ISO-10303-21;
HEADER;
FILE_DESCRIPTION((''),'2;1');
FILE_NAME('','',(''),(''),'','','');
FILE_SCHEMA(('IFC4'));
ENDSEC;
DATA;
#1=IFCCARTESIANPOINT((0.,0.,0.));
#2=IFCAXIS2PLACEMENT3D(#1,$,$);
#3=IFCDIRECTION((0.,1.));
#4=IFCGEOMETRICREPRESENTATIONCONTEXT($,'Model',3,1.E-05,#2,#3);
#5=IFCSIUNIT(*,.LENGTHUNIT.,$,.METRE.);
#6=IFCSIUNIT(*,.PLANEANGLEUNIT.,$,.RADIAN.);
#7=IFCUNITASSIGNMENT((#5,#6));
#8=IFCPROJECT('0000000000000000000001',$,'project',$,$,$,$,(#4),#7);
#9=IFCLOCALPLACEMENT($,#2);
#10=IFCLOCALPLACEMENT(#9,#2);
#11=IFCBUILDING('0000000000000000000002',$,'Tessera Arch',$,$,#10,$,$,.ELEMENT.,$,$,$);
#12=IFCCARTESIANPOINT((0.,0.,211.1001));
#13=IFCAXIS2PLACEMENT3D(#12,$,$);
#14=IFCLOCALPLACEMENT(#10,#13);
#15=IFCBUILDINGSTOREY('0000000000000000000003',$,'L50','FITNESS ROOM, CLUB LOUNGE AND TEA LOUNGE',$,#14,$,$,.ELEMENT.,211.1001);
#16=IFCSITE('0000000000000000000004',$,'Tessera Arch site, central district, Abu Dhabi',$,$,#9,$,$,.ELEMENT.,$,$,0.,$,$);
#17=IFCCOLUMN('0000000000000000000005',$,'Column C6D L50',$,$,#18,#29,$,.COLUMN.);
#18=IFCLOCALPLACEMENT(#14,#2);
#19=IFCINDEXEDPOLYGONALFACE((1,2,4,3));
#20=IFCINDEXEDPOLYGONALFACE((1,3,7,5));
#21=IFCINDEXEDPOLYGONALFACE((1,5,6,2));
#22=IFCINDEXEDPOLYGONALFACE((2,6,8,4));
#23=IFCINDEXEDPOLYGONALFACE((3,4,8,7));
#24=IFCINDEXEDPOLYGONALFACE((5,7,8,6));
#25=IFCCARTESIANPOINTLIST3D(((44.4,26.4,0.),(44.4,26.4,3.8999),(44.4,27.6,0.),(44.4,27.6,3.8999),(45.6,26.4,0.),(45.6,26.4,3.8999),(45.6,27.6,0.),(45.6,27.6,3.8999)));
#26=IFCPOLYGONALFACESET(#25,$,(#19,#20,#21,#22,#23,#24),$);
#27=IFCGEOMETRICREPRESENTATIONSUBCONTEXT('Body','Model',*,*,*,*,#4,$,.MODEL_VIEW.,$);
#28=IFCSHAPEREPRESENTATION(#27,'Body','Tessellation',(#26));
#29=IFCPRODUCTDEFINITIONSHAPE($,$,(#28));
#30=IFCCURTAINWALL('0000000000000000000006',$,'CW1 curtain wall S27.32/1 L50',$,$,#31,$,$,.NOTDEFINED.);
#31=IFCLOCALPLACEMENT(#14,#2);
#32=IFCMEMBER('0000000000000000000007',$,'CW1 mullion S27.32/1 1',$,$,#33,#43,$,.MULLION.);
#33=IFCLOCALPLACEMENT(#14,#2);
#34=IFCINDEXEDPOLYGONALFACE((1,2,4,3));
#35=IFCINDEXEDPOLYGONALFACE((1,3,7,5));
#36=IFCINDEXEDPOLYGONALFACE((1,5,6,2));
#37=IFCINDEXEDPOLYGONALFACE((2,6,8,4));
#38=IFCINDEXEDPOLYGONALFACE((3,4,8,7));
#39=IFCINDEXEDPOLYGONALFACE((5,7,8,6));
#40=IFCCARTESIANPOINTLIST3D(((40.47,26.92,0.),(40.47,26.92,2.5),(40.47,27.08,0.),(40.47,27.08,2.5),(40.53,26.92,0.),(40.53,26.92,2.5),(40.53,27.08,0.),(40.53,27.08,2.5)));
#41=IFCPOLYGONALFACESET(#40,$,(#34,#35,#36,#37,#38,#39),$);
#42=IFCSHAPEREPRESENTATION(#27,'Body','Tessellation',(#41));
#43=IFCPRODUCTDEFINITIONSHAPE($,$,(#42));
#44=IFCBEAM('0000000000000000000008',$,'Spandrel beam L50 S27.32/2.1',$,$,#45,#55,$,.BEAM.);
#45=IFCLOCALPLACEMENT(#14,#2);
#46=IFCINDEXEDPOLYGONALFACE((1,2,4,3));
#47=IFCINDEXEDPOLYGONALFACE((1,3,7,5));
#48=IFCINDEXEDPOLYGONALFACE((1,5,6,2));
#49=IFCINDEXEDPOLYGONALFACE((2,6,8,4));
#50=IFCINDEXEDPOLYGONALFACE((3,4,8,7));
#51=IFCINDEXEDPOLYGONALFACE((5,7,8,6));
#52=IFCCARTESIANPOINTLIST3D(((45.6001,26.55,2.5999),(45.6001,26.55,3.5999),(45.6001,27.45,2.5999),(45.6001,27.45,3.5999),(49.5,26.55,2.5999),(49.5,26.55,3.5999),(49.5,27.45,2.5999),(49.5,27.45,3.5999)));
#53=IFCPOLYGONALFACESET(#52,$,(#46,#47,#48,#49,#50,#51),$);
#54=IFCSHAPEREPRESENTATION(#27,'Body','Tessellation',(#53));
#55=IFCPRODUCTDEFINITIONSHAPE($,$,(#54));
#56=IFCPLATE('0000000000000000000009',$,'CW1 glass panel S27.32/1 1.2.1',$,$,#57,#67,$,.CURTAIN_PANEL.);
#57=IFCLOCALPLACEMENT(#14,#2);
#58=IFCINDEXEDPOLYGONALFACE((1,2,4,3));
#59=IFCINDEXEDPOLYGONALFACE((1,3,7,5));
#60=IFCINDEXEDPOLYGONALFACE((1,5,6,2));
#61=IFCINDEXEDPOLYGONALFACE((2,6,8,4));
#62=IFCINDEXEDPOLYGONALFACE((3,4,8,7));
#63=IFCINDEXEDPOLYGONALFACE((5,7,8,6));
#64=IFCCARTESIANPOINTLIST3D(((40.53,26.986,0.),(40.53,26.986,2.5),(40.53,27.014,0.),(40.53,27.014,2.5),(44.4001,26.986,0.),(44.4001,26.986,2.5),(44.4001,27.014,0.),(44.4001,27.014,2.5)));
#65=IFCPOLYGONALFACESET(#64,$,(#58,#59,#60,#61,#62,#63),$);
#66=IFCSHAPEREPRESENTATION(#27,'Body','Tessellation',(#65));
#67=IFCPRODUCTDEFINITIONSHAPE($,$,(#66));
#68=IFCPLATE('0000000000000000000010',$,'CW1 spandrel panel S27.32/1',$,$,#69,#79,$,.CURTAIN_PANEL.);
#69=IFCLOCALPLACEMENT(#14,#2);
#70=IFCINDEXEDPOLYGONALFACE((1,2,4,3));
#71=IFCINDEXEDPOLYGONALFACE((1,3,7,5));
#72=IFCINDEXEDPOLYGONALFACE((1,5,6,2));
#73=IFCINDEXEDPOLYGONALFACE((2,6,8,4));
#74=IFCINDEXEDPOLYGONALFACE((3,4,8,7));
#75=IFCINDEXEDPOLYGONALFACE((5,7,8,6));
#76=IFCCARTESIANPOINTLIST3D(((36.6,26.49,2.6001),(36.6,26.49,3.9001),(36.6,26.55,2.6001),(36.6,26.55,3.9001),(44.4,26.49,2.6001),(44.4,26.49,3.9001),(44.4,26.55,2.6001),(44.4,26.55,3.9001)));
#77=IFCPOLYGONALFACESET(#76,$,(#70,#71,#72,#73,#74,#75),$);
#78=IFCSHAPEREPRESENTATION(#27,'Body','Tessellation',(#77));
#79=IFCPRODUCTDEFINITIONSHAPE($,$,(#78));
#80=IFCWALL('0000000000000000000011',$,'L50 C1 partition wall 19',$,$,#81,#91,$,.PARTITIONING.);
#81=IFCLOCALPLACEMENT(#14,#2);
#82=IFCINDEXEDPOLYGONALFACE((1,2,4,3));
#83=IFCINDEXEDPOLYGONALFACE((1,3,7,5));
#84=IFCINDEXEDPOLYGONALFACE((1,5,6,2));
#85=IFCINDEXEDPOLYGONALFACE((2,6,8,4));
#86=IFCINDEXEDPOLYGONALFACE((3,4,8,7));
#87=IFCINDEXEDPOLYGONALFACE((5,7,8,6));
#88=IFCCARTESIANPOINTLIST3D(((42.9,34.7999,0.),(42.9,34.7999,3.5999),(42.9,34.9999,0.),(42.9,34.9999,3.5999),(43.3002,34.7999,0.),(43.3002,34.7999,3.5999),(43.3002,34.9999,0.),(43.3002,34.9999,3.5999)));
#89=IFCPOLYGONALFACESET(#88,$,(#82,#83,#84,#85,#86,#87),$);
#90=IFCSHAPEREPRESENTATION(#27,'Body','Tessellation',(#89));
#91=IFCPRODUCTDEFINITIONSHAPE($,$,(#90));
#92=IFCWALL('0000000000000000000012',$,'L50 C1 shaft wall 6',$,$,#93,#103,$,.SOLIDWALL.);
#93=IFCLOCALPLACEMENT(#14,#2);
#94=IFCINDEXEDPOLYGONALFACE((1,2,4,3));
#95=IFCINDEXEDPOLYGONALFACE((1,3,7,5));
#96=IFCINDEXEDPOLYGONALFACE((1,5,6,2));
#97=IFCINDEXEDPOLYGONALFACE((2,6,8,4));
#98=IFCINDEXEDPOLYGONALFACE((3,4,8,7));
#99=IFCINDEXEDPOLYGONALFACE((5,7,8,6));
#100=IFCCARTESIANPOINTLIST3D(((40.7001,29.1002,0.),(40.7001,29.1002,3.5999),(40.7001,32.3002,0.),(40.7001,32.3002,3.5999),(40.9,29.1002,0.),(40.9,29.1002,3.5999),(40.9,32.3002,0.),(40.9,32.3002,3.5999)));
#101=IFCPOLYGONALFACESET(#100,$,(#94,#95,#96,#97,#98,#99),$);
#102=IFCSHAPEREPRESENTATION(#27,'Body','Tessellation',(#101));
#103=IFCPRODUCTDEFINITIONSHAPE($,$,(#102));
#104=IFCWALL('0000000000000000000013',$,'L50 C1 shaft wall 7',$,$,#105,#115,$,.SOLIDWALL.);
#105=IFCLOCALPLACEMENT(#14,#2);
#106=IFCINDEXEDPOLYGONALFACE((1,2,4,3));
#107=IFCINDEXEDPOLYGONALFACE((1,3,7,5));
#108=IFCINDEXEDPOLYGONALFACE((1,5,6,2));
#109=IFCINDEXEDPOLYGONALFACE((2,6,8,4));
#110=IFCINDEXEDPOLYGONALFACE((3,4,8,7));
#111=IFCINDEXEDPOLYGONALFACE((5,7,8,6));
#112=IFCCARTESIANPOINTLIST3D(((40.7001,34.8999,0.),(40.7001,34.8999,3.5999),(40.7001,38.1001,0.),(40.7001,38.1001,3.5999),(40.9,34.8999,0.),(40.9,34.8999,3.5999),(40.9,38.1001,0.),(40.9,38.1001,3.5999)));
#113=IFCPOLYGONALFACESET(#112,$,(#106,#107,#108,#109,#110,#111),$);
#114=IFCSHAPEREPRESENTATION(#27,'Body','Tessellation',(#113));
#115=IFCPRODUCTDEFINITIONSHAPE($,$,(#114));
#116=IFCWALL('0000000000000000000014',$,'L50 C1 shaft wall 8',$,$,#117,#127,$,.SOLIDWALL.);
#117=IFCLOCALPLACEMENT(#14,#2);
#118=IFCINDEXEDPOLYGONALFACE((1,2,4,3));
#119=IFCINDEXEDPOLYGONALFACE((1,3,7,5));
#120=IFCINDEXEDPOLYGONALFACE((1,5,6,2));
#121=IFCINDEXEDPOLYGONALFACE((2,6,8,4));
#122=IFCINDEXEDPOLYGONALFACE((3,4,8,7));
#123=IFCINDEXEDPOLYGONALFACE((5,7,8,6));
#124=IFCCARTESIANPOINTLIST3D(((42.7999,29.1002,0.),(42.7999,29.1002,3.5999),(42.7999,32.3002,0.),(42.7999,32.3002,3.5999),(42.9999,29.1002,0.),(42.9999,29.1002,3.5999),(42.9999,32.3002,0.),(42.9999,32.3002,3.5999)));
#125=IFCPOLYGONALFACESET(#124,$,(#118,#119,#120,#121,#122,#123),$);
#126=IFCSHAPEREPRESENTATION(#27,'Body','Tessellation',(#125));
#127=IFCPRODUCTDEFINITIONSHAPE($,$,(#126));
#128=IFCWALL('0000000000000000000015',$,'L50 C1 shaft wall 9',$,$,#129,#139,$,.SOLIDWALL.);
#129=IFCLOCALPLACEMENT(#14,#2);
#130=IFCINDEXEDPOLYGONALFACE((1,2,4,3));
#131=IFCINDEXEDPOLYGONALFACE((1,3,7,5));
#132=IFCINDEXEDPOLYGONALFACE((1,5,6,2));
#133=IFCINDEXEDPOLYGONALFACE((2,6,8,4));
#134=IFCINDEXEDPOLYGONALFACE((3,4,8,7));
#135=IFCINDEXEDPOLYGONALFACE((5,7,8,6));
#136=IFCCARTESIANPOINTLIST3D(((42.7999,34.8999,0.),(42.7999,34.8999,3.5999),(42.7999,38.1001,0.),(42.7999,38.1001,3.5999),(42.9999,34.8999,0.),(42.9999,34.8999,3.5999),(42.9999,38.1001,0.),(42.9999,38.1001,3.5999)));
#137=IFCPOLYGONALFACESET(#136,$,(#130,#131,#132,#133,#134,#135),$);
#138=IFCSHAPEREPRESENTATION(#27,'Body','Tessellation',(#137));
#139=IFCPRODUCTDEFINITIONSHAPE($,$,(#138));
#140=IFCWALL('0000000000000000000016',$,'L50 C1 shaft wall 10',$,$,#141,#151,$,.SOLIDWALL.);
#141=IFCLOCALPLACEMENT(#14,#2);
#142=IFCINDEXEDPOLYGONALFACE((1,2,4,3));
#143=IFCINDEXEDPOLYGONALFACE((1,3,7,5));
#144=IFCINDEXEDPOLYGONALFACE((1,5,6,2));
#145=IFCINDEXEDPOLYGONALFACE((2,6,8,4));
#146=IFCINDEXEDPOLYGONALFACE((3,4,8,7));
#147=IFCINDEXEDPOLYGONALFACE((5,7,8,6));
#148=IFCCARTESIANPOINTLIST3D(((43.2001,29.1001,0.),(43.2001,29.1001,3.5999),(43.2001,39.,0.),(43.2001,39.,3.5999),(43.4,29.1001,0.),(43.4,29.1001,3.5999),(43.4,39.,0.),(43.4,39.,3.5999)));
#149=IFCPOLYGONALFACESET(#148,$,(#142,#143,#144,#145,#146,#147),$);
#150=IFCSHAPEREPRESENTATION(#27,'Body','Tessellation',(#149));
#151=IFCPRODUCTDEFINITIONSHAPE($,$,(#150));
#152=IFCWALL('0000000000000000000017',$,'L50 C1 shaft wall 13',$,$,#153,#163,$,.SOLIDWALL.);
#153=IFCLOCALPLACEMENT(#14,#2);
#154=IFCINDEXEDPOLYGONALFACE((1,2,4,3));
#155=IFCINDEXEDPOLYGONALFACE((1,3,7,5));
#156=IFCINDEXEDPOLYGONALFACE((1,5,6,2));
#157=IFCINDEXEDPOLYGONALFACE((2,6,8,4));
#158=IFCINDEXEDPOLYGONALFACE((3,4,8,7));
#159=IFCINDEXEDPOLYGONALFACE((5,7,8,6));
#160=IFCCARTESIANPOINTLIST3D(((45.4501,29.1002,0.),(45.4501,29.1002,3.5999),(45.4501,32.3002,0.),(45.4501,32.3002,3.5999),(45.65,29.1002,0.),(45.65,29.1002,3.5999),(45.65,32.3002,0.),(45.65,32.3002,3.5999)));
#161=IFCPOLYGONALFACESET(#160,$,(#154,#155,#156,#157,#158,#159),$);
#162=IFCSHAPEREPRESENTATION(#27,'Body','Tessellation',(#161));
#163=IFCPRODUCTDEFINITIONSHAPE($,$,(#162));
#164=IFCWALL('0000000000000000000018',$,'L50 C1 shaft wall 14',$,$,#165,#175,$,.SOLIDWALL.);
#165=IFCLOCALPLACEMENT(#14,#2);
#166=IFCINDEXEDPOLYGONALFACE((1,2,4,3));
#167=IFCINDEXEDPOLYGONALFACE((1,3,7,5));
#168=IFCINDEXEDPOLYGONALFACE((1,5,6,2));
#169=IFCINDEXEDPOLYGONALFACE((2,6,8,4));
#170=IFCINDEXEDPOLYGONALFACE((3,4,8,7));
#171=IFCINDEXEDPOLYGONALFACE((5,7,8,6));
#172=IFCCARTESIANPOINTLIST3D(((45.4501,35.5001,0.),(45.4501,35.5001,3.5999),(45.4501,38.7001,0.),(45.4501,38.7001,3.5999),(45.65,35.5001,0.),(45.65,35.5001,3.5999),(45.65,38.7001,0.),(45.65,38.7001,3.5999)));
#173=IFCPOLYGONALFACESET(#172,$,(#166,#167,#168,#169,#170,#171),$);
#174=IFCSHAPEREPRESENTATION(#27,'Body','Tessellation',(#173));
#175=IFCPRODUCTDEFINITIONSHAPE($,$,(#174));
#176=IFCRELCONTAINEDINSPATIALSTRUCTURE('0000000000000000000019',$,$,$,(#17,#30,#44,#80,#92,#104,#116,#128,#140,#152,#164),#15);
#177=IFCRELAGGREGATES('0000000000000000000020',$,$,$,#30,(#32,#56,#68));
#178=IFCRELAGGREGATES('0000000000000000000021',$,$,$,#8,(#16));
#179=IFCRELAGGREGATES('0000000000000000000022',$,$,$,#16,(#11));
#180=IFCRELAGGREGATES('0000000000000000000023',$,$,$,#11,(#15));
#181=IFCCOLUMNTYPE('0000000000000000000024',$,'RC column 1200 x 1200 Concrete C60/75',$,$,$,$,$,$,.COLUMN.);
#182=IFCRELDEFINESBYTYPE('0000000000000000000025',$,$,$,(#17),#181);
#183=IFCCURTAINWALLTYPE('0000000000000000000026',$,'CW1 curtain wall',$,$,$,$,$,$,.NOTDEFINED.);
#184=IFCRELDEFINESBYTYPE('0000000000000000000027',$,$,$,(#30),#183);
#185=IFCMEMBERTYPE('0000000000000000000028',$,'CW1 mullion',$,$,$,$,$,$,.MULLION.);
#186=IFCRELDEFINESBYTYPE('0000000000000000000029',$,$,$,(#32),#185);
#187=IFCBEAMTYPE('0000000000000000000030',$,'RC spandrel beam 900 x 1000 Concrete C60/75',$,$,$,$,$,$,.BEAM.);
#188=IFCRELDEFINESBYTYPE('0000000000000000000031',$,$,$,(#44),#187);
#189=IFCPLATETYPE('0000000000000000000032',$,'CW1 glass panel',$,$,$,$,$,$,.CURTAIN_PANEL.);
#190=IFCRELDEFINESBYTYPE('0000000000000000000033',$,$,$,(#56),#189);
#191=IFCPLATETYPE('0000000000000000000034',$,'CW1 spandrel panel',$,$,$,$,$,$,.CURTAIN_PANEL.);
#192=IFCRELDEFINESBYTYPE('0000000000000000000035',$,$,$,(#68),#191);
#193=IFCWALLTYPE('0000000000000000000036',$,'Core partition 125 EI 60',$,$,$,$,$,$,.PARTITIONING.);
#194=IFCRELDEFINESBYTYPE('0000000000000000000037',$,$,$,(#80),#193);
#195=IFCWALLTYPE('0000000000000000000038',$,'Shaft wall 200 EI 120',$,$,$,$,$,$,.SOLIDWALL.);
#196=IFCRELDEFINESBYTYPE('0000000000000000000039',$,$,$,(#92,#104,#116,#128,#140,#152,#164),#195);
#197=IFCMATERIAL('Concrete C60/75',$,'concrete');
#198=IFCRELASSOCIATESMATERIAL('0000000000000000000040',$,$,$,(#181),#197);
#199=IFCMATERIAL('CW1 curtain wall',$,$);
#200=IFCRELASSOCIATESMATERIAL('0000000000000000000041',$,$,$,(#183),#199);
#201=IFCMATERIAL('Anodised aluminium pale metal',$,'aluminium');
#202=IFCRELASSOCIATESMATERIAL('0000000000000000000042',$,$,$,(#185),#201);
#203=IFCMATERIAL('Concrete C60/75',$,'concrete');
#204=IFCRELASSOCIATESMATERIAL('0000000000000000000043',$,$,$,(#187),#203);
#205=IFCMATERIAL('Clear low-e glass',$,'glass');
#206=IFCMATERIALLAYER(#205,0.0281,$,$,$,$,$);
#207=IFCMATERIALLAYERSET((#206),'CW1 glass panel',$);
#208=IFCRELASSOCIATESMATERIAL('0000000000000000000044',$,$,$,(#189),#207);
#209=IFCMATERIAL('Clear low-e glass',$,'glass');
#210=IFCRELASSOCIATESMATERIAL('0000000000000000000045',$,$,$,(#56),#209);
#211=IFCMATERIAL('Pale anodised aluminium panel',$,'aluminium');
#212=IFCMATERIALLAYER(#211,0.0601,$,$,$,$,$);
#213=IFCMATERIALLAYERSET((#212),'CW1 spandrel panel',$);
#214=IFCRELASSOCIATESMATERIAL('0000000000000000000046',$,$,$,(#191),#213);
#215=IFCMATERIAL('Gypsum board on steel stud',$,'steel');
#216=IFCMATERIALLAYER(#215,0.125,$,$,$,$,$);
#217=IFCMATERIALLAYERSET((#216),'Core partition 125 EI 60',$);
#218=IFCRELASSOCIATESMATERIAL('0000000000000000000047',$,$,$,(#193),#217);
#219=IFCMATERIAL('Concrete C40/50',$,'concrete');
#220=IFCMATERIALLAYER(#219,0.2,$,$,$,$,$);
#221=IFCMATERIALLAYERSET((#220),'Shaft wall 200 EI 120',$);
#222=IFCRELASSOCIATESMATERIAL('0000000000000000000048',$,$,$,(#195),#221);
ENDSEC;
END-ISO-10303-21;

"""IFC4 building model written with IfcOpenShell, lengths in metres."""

from ifc_helpers import new_model, si_unit, direction, frame, frame_2d, origin, origin_2d, place, context, subcontext, project, spatial, rectangle, extrude, material, layer, layer_set, material_profile, profile_set, type_object, element, aggregate, save


model = new_model("IFC4")

# Units and contexts
model_context = context("Model", 3, precision=1e-05, world=origin(), true_north=direction((0.0, 1.0)))
body_context = subcontext(model_context, "Body", "Model", "MODEL_VIEW")
ifc_project = project(units=[si_unit("LENGTHUNIT", "METRE"), si_unit("PLANEANGLEUNIT", "RADIAN")], contexts=[model_context])

# Site, building, storey
site_placement = place(None, origin())
site = spatial("IfcSite", under=ifc_project, at=site_placement, Name="Tessera Arch site, central district, Abu Dhabi", CompositionType="ELEMENT", RefElevation=0.0)
building_placement = place(site_placement, origin())
building = spatial("IfcBuilding", under=site, at=building_placement, Name="Tessera Arch", CompositionType="ELEMENT")
storey_placement = place(building_placement, frame((0.0, 0.0, 211.1001)))
storey = spatial("IfcBuildingStorey", under=building, at=storey_placement, Name="L50", Description="FITNESS ROOM, CLUB LOUNGE AND TEA LOUNGE", CompositionType="ELEMENT", Elevation=211.1001)

# Column
ifc_material_1 = material(Name="Concrete C60/75", Category="concrete")
ifc_material_profile_1 = material_profile(ifc_material_1, rectangle(XDim=1.2, YDim=1.2, at=origin_2d()), Name="RC column 1200 x 1200 Concrete C60/75")
ifc_profile_set_1 = profile_set([ifc_material_profile_1], Name="Concrete C60/75")
column_type = type_object("IfcColumnType", Name="RC column 1200 x 1200 Concrete C60/75", PredefinedType="COLUMN", material=ifc_profile_set_1)
column_placement = place(storey_placement, frame((45.0, 27.0, 0.0), z_axis=(0.0, 0.0, 1.0), x_axis=(1.0, 0.0, 0.0)))
element("IfcColumn", 1, at=column_placement, inside=storey, type_object=column_type, Name="Column C6D L50", PredefinedType="COLUMN", context=body_context, shape_type="SweptSolid", body=[
    extrude(rectangle(XDim=1.2, YDim=1.2, at=origin_2d()), origin(), (0.0, 0.0, 1.0), 3.8999),
])

# Curtain wall, member
ifc_material_2 = material(Name="CW1 curtain wall")
curtain_wall_type = type_object("IfcCurtainWallType", Name="CW1 curtain wall", PredefinedType="NOTDEFINED", material=ifc_material_2)
curtain_wall_placement = place(storey_placement, origin())
curtain_wall = element("IfcCurtainWall", 2, at=curtain_wall_placement, inside=storey, type_object=curtain_wall_type, Name="CW1 curtain wall S27.32/1 L50", PredefinedType="NOTDEFINED")
ifc_material_3 = material(Name="Anodised aluminium pale metal", Category="aluminium")
ifc_material_profile_2 = material_profile(ifc_material_3, rectangle(XDim=0.1599, YDim=0.0601, at=origin_2d()), Name="AL 60x160")
ifc_profile_set_2 = profile_set([ifc_material_profile_2], Name="Anodised aluminium pale metal")
member_type = type_object("IfcMemberType", Name="CW1 mullion", PredefinedType="MULLION", material=ifc_profile_set_2)
member_placement = place(storey_placement, frame((40.5, 27.0, 0.0), z_axis=(0.0, 0.0, 1.0), x_axis=(0.0, 1.0, 0.0)))
member = element("IfcMember", 3, at=member_placement, type_object=member_type, Name="CW1 mullion S27.32/1 1", PredefinedType="MULLION", context=body_context, shape_type="SweptSolid", body=[
    extrude(rectangle(XDim=0.1599, YDim=0.0601, at=origin_2d()), origin(), (0.0, 0.0, 1.0), 2.5),
])

# Beam
ifc_material_4 = material(Name="Concrete C60/75", Category="concrete")
ifc_material_profile_3 = material_profile(ifc_material_4, rectangle(XDim=0.8999, YDim=1.0, at=origin_2d()), Name="RC spandrel beam 900 x 1000 Concrete C60/75")
ifc_profile_set_3 = profile_set([ifc_material_profile_3], Name="Concrete C60/75")
beam_type = type_object("IfcBeamType", Name="RC spandrel beam 900 x 1000 Concrete C60/75", PredefinedType="BEAM", material=ifc_profile_set_3)
beam_placement = place(storey_placement, frame((45.6001, 27.0, 3.0999), z_axis=(1.0, 0.0, 0.0), x_axis=(0.0, 1.0, 0.0)))
element("IfcBeam", 4, at=beam_placement, inside=storey, type_object=beam_type, Name="Spandrel beam L50 S27.32/2.1", PredefinedType="BEAM", context=body_context, shape_type="SweptSolid", body=[
    extrude(rectangle(XDim=0.8999, YDim=1.0, at=origin_2d()), origin(), (0.0, 0.0, 1.0), 3.8999),
])

# Plates
ifc_material_5 = material(Name="Clear low-e glass", Category="glass")
ifc_material_6 = material(Name="Clear low-e glass", Category="glass")
ifc_layer_1 = layer(ifc_material_6, 0.0281)
ifc_layer_set_1 = layer_set([ifc_layer_1], Name="CW1 glass panel")
plate_type_1 = type_object("IfcPlateType", Name="CW1 glass panel", PredefinedType="CURTAIN_PANEL", material=ifc_layer_set_1)
plate_1_placement = place(storey_placement, frame((42.4651, 27.0, 0.0), z_axis=(0.0, 0.0, 1.0), x_axis=(1.0, 0.0, 0.0)))
plate_1 = element("IfcPlate", 5, at=plate_1_placement, type_object=plate_type_1, material=ifc_material_5, Name="CW1 glass panel S27.32/1 1.2.1", PredefinedType="CURTAIN_PANEL", context=body_context, shape_type="SweptSolid", body=[
    extrude(rectangle(XDim=3.8701, YDim=0.0281, at=origin_2d()), origin(), (0.0, 0.0, 1.0), 2.5),
])
ifc_material_7 = material(Name="Pale anodised aluminium panel", Category="aluminium")
ifc_layer_2 = layer(ifc_material_7, 0.0601)
ifc_layer_set_2 = layer_set([ifc_layer_2], Name="CW1 spandrel panel")
plate_type_2 = type_object("IfcPlateType", Name="CW1 spandrel panel", PredefinedType="CURTAIN_PANEL", material=ifc_layer_set_2)
plate_2_placement = place(storey_placement, frame((40.5, 26.52, 2.6001), z_axis=(0.0, 0.0, 1.0), x_axis=(1.0, 0.0, 0.0)))
plate_2 = element("IfcPlate", 6, at=plate_2_placement, type_object=plate_type_2, Name="CW1 spandrel panel S27.32/1", PredefinedType="CURTAIN_PANEL", context=body_context, shape_type="SweptSolid", body=[
    extrude(rectangle(XDim=7.8, YDim=0.0601, at=origin_2d()), origin(), (0.0, 0.0, 1.0), 1.3),
])
aggregate(curtain_wall, [member, plate_1, plate_2])

# Walls
ifc_material_8 = material(Name="Gypsum board on steel stud", Category="steel")
ifc_layer_3 = layer(ifc_material_8, 0.125)
ifc_layer_set_3 = layer_set([ifc_layer_3], Name="Core partition 125 EI 60")
wall_type_1 = type_object("IfcWallType", Name="Core partition 125 EI 60", PredefinedType="PARTITIONING", material=ifc_layer_set_3)
wall_1_placement = place(storey_placement, frame((42.8999, 34.8999, 0.0), z_axis=(0.0, 0.0, 1.0), x_axis=(1.0, 0.0, 0.0)))
element("IfcWall", 7, at=wall_1_placement, inside=storey, type_object=wall_type_1, Name="L50 C1 partition wall 19", PredefinedType="PARTITIONING", context=body_context, shape_type="SweptSolid", body=[
    extrude(rectangle(XDim=0.4001, YDim=0.2, at=frame_2d((0.2002, 0.0))), origin(), (0.0, 0.0, 1.0), 3.5999),
])
ifc_material_9 = material(Name="Concrete C40/50", Category="concrete")
ifc_layer_4 = layer(ifc_material_9, 0.2)
ifc_layer_set_4 = layer_set([ifc_layer_4], Name="Shaft wall 200 EI 120")
wall_type_2 = type_object("IfcWallType", Name="Shaft wall 200 EI 120", PredefinedType="SOLIDWALL", material=ifc_layer_set_4)
wall_2_placement = place(storey_placement, frame((40.8, 29.1001, 0.0), z_axis=(0.0, 0.0, 1.0), x_axis=(0.0, 1.0, 0.0)))
element("IfcWall", 8, at=wall_2_placement, inside=storey, type_object=wall_type_2, Name="L50 C1 shaft wall 6", PredefinedType="SOLIDWALL", context=body_context, shape_type="SweptSolid", body=[
    extrude(rectangle(XDim=3.2, YDim=0.2, at=frame_2d((1.6001, 0.0))), origin(), (0.0, 0.0, 1.0), 3.5999),
])
wall_3_placement = place(storey_placement, frame((40.8, 34.8999, 0.0), z_axis=(0.0, 0.0, 1.0), x_axis=(0.0, 1.0, 0.0)))
element("IfcWall", 9, at=wall_3_placement, inside=storey, type_object=wall_type_2, Name="L50 C1 shaft wall 7", PredefinedType="SOLIDWALL", context=body_context, shape_type="SweptSolid", body=[
    extrude(rectangle(XDim=3.2002, YDim=0.2, at=frame_2d((1.6001, 0.0))), origin(), (0.0, 0.0, 1.0), 3.5999),
])
wall_4_placement = place(storey_placement, frame((42.8999, 29.1001, 0.0), z_axis=(0.0, 0.0, 1.0), x_axis=(0.0, 1.0, 0.0)))
element("IfcWall", 10, at=wall_4_placement, inside=storey, type_object=wall_type_2, Name="L50 C1 shaft wall 8", PredefinedType="SOLIDWALL", context=body_context, shape_type="SweptSolid", body=[
    extrude(rectangle(XDim=3.2, YDim=0.2, at=frame_2d((1.6001, 0.0))), origin(), (0.0, 0.0, 1.0), 3.5999),
])
wall_5_placement = place(storey_placement, frame((42.8999, 34.8999, 0.0), z_axis=(0.0, 0.0, 1.0), x_axis=(0.0, 1.0, 0.0)))
element("IfcWall", 11, at=wall_5_placement, inside=storey, type_object=wall_type_2, Name="L50 C1 shaft wall 9", PredefinedType="SOLIDWALL", context=body_context, shape_type="SweptSolid", body=[
    extrude(rectangle(XDim=3.2002, YDim=0.2, at=frame_2d((1.6001, 0.0))), origin(), (0.0, 0.0, 1.0), 3.5999),
])
wall_6_placement = place(storey_placement, frame((43.3, 29.1001, 0.0), z_axis=(0.0, 0.0, 1.0), x_axis=(0.0, 1.0, 0.0)))
element("IfcWall", 12, at=wall_6_placement, inside=storey, type_object=wall_type_2, Name="L50 C1 shaft wall 10", PredefinedType="SOLIDWALL", context=body_context, shape_type="SweptSolid", body=[
    extrude(rectangle(XDim=9.8999, YDim=0.2, at=frame_2d((4.95, 0.0))), origin(), (0.0, 0.0, 1.0), 3.5999),
])
for number, where, z_axis, x_axis, name in (
    (13, (45.55, 29.1001, 0.0), (0.0, 0.0, 1.0), (0.0, 1.0, 0.0), "L50 C1 shaft wall 13"),
    (14, (45.55, 35.5, 0.0), (0.0, 0.0, 1.0), (0.0, 1.0, 0.0), "L50 C1 shaft wall 14"),
):
    element("IfcWall", number, at=place(storey_placement, frame(where, z_axis=z_axis, x_axis=x_axis)), inside=storey, type_object=wall_type_2, Name=name, PredefinedType="SOLIDWALL", context=body_context, shape_type="SweptSolid", body=[
        extrude(rectangle(XDim=3.2, YDim=0.2, at=frame_2d((1.6001, 0.0))), origin(), (0.0, 0.0, 1.0), 3.5999),
    ])

save(model, "model.ifc")
